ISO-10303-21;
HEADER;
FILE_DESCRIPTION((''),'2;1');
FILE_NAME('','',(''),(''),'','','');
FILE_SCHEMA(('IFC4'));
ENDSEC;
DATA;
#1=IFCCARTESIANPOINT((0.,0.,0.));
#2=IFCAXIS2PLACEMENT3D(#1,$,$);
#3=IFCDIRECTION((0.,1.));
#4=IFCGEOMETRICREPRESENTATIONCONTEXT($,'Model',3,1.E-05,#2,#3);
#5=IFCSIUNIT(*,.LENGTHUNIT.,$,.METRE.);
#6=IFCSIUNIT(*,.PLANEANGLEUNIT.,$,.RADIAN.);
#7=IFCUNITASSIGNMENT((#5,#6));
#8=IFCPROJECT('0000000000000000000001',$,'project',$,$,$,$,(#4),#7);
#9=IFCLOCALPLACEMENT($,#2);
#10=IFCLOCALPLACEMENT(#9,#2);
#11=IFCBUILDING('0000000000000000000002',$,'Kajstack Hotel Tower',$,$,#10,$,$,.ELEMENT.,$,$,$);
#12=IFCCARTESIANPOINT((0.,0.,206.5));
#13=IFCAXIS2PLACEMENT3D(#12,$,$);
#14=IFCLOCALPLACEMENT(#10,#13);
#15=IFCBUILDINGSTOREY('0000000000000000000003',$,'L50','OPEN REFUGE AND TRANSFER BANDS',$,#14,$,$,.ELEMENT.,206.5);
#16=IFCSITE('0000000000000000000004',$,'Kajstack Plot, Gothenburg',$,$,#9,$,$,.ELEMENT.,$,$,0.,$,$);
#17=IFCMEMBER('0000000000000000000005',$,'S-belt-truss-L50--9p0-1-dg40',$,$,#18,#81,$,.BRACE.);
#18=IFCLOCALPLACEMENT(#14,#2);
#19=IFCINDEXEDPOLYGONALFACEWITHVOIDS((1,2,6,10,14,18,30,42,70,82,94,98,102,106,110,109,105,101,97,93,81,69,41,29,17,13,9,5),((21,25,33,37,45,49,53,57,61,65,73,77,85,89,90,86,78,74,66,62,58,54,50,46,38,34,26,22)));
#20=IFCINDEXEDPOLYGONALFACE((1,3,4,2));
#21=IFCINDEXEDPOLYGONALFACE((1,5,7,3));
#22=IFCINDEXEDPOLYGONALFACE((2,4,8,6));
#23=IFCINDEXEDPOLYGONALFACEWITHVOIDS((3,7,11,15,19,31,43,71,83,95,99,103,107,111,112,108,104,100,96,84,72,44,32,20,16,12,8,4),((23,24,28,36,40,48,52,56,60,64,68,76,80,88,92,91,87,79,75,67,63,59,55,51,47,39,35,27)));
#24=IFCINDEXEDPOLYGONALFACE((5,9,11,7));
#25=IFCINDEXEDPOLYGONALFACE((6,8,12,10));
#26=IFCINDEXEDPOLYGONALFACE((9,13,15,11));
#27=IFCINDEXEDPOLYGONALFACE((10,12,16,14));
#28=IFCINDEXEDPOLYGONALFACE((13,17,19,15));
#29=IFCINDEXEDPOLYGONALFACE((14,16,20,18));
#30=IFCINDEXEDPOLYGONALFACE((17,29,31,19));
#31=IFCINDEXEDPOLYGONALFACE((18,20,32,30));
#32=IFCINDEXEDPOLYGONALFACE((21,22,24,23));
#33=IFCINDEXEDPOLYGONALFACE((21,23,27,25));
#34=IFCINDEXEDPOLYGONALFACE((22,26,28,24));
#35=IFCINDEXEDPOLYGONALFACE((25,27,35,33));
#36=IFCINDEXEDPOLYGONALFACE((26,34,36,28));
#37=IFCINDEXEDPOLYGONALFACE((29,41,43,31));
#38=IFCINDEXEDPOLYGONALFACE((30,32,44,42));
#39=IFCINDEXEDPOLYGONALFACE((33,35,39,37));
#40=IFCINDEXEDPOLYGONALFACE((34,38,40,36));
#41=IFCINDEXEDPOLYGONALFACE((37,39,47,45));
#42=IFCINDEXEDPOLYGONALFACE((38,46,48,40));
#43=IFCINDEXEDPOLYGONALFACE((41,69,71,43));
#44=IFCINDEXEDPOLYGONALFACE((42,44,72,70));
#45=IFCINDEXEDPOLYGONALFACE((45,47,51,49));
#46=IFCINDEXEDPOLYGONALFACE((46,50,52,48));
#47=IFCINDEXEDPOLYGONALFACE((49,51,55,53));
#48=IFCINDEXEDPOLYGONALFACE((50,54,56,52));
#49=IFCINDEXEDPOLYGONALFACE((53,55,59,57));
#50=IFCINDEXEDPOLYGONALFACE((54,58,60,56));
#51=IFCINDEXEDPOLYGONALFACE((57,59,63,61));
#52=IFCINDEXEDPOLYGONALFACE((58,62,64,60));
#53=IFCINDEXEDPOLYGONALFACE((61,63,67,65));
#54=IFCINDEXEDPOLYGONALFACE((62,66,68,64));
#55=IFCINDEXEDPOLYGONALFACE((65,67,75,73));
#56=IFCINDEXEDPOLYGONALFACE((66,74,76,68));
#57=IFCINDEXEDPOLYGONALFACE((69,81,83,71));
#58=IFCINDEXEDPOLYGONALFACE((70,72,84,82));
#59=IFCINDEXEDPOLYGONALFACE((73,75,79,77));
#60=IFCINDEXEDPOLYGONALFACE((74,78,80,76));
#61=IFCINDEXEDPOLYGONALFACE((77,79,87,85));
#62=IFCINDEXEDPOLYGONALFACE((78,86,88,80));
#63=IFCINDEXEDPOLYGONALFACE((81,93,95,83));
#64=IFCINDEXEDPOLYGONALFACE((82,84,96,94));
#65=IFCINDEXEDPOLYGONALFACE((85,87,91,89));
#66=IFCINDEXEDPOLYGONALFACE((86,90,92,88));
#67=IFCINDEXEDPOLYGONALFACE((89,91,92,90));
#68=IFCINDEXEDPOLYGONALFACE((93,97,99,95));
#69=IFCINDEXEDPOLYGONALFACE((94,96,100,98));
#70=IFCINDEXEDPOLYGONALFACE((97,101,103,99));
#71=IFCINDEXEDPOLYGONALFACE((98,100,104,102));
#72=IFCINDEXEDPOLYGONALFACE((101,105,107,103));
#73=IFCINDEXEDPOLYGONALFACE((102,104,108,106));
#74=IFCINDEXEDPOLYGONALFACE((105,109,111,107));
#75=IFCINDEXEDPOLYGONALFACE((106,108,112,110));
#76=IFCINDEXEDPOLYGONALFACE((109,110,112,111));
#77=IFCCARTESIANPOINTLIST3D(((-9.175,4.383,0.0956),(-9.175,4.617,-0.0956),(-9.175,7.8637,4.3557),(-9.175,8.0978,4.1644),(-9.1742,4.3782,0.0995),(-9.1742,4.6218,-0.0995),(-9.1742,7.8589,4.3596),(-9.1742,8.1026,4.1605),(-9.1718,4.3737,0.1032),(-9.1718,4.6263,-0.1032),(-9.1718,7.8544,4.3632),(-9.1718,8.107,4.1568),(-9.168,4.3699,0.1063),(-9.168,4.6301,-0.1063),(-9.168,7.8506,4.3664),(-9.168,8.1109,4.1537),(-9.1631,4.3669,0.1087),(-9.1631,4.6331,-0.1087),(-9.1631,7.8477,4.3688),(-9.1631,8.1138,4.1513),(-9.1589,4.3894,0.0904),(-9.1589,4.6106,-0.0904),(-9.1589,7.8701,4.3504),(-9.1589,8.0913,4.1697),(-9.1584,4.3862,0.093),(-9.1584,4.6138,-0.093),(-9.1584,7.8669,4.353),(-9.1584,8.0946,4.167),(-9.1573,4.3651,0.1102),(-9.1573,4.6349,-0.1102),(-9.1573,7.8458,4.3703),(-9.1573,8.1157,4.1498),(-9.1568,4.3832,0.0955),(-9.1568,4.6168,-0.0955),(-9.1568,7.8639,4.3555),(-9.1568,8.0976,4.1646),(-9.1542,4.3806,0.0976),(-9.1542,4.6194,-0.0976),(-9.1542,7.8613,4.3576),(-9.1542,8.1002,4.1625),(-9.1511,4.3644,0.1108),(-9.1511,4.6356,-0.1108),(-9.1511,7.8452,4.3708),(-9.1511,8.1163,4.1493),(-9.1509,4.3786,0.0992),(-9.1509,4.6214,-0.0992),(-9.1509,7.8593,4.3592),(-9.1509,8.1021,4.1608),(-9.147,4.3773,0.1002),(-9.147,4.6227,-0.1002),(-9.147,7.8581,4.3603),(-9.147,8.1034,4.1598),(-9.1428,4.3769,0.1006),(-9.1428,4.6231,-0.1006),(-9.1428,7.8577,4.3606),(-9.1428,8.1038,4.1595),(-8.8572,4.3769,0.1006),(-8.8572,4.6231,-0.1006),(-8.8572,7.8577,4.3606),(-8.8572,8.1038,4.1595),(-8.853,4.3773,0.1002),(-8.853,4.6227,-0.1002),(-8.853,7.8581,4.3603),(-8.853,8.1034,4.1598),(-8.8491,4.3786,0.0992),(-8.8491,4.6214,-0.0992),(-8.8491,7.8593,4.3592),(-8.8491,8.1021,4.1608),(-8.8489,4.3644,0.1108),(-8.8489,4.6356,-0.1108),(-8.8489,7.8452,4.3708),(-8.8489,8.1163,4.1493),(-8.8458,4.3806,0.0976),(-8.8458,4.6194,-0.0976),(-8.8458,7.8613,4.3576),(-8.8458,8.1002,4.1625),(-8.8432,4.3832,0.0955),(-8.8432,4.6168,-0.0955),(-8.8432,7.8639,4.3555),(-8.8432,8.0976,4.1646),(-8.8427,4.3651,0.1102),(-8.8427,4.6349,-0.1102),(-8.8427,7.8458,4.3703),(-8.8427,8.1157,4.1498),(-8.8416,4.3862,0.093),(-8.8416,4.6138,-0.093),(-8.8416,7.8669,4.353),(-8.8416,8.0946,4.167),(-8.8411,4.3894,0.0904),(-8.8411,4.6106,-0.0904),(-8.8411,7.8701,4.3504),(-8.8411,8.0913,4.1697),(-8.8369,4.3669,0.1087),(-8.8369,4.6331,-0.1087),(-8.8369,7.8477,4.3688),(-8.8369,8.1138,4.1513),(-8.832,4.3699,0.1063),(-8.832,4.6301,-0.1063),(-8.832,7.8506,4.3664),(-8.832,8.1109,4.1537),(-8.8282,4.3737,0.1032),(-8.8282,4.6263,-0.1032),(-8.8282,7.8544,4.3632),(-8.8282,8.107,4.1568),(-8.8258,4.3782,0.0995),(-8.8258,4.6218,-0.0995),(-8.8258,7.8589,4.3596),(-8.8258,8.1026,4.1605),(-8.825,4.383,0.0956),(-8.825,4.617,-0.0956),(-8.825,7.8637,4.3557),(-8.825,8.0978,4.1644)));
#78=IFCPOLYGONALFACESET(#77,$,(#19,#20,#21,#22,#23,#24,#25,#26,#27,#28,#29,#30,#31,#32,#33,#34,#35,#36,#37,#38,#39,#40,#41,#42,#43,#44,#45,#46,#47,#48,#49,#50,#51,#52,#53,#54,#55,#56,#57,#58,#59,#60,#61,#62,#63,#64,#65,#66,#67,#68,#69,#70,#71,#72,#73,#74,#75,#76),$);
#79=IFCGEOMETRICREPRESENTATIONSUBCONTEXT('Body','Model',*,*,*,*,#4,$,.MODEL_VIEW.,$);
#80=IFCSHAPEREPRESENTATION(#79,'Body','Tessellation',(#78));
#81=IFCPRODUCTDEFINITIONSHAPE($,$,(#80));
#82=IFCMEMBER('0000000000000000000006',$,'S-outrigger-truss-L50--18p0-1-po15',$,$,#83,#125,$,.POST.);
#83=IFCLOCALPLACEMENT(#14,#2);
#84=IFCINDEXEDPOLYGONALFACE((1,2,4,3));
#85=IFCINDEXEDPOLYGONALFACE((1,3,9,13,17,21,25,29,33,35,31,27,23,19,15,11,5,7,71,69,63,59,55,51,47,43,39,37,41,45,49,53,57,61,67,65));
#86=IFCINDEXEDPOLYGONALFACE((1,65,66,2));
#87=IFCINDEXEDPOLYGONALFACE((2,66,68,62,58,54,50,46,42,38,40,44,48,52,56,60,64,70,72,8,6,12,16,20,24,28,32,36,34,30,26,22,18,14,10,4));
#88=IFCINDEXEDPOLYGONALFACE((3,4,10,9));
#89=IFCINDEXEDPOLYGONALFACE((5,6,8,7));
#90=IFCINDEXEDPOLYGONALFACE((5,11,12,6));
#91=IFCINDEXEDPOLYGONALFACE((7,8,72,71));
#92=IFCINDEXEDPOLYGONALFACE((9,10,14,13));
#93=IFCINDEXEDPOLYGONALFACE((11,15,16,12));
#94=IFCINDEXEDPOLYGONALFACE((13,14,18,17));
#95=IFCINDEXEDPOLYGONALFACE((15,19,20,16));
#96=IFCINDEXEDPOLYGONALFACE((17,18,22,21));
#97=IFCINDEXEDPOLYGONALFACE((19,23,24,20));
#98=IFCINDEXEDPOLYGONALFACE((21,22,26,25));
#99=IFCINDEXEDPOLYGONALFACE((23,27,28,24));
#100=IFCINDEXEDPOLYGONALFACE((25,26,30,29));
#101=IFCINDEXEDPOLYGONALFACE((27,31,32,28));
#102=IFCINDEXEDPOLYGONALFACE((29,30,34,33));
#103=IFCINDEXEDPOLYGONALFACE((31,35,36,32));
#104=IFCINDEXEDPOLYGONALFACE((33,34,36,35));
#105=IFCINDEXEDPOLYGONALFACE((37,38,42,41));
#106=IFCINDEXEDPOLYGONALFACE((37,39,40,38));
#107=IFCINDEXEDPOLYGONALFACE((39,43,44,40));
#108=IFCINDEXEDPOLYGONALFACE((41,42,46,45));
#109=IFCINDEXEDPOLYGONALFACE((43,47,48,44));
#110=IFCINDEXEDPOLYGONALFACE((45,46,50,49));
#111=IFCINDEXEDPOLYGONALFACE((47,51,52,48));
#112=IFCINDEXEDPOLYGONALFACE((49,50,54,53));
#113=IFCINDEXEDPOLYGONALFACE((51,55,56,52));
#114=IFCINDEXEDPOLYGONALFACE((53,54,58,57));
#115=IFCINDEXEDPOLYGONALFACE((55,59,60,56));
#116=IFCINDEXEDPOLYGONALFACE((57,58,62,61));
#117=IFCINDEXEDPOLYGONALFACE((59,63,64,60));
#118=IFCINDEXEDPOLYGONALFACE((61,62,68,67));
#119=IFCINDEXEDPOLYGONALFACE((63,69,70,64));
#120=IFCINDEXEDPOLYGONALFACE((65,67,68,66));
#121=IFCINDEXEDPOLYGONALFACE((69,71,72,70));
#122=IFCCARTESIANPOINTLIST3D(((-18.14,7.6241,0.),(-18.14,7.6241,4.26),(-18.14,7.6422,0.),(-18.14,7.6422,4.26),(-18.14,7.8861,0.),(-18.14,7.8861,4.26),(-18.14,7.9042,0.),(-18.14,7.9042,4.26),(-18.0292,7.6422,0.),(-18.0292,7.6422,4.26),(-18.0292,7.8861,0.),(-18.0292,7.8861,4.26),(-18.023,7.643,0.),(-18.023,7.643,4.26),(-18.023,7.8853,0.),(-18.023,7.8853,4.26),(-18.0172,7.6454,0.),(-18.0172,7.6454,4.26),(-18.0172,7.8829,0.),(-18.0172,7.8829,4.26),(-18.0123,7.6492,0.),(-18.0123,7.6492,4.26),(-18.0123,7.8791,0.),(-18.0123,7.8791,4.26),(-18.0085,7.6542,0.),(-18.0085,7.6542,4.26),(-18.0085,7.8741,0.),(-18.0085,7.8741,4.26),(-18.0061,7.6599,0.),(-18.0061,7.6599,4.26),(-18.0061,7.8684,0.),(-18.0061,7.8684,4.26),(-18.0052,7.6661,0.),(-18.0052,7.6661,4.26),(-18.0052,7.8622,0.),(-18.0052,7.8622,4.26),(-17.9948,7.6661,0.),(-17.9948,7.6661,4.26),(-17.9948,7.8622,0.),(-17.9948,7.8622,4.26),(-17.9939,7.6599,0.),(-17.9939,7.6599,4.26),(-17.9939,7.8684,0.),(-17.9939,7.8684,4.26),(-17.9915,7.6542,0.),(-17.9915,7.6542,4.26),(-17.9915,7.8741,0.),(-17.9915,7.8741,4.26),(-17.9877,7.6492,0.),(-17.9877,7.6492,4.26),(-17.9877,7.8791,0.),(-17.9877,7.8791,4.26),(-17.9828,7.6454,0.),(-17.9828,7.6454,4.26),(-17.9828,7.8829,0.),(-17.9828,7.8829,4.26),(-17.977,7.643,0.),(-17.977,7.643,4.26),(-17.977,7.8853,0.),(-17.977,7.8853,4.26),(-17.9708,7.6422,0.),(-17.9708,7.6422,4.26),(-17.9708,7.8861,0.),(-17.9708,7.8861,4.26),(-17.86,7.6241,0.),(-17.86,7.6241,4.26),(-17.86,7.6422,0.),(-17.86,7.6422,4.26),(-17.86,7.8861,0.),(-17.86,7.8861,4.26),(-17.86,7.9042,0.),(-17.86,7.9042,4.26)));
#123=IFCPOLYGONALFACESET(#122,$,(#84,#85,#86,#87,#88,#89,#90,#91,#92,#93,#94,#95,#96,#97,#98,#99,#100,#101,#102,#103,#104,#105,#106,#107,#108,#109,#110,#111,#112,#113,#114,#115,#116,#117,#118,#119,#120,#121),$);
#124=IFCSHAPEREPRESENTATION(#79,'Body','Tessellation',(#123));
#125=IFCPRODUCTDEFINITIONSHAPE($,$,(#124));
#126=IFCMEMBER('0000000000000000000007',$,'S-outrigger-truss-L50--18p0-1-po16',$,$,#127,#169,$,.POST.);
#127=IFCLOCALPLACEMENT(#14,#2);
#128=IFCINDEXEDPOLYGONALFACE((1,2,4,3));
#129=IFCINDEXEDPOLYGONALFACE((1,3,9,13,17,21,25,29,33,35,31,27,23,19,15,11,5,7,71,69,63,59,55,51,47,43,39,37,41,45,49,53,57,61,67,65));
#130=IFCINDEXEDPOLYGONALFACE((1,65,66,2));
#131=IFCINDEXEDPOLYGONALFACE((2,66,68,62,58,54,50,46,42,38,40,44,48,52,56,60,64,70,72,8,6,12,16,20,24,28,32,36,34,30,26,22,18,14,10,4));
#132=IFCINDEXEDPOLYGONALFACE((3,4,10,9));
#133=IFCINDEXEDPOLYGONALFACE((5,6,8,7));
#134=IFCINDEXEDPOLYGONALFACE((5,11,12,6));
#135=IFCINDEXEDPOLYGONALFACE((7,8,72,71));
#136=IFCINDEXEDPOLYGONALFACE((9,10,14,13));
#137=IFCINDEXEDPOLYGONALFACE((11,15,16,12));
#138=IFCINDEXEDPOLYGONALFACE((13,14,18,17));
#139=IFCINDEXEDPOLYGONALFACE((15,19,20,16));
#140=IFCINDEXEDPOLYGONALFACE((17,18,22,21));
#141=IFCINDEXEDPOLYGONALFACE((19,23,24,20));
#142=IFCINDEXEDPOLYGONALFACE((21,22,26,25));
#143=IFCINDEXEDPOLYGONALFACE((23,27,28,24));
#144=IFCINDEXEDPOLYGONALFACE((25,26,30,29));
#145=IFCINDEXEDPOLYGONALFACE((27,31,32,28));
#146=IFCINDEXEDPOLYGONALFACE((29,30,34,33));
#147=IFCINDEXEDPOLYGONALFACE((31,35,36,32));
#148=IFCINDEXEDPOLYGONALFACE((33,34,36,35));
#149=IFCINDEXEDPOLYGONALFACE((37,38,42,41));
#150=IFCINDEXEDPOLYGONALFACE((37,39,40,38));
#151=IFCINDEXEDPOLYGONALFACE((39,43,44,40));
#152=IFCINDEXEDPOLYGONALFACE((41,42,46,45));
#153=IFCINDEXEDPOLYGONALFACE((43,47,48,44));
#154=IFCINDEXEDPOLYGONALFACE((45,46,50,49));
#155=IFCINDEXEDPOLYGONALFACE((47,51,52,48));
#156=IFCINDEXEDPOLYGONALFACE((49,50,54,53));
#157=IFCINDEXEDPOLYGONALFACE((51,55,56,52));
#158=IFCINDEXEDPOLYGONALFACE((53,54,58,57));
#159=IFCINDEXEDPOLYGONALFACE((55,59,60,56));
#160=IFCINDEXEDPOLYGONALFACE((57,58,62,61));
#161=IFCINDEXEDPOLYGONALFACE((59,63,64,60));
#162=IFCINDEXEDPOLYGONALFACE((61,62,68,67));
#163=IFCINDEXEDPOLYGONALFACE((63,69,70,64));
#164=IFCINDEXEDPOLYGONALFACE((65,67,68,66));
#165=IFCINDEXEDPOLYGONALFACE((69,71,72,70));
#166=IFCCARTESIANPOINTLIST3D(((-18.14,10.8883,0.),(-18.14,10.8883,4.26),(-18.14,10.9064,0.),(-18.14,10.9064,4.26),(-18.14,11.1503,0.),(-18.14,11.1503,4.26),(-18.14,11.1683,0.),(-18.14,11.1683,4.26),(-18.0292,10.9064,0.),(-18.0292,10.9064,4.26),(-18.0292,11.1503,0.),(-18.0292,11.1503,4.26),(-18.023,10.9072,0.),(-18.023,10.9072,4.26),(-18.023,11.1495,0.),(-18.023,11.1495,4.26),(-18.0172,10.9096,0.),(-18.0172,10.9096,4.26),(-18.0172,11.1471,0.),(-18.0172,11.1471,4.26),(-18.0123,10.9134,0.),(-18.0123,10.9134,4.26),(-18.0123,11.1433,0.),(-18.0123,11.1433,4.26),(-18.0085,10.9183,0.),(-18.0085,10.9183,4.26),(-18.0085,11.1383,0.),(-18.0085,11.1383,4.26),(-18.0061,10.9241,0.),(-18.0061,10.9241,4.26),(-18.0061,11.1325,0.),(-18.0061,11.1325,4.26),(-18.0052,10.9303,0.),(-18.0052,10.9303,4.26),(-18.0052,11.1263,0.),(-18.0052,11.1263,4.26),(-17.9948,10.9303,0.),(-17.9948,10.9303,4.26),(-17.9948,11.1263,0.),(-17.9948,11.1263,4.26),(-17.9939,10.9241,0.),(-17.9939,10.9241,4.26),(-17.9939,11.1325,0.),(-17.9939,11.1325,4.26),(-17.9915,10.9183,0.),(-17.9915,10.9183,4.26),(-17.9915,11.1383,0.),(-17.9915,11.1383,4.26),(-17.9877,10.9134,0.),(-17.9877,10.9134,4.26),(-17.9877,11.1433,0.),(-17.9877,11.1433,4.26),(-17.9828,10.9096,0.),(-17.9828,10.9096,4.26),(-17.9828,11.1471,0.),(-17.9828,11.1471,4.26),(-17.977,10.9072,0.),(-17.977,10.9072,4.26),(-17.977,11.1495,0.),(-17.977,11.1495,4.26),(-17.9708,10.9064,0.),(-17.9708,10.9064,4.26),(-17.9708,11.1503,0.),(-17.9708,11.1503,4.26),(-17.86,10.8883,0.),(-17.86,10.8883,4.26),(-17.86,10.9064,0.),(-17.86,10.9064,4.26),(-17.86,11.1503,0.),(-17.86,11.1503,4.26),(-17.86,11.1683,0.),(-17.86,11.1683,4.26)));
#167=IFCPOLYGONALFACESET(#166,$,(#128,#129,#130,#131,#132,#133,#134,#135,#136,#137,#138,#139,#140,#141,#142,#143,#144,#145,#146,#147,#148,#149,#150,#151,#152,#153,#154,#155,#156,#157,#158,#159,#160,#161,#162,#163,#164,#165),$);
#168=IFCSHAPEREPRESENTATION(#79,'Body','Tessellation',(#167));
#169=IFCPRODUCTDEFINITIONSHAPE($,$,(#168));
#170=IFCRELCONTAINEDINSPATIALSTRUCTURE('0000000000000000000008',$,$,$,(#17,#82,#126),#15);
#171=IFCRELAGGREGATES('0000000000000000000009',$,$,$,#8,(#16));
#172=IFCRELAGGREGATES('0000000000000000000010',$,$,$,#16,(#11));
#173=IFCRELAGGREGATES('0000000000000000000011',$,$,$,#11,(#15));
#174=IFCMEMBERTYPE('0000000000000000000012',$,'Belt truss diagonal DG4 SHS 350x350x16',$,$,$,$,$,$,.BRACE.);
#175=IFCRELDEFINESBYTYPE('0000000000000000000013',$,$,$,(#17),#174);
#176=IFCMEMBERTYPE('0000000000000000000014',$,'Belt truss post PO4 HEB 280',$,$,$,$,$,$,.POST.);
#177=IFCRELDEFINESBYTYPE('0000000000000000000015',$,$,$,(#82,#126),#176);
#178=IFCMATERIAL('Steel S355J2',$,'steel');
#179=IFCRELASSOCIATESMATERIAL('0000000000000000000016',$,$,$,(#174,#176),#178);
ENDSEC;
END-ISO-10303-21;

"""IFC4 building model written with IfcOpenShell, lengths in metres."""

from ifc_helpers import new_model, si_unit, direction, frame, origin, origin_2d, place, context, subcontext, project, spatial, hollow_rectangle, i_section, extrude, material, material_profile, profile_set, type_object, element, save


model = new_model("IFC4")

# Units and contexts
model_context = context("Model", 3, precision=1e-05, world=origin(), true_north=direction((0.0, 1.0)))
body_context = subcontext(model_context, "Body", "Model", "MODEL_VIEW")
ifc_project = project(units=[si_unit("LENGTHUNIT", "METRE"), si_unit("PLANEANGLEUNIT", "RADIAN")], contexts=[model_context])

# Site, building, storey
site_placement = place(None, origin())
site = spatial("IfcSite", under=ifc_project, at=site_placement, Name="Kajstack Plot, Gothenburg", CompositionType="ELEMENT", RefElevation=0.0)
building_placement = place(site_placement, origin())
building = spatial("IfcBuilding", under=site, at=building_placement, Name="Kajstack Hotel Tower", CompositionType="ELEMENT")
storey_placement = place(building_placement, frame((0.0, 0.0, 206.5)))
storey = spatial("IfcBuildingStorey", under=building, at=storey_placement, Name="L50", Description="OPEN REFUGE AND TRANSFER BANDS", CompositionType="ELEMENT", Elevation=206.5)

# Members
ifc_material = material(Name="Steel S355J2", Category="steel")
ifc_material_profile_1 = material_profile(ifc_material, hollow_rectangle(XDim=0.3501, YDim=0.3501, WallThickness=0.0161, InnerFilletRadius=0.0161, OuterFilletRadius=0.0239, at=origin_2d()), Name="SHS 350x350x16")
ifc_profile_set_1 = profile_set([ifc_material_profile_1], Name="Steel S355J2")
member_type_1 = type_object("IfcMemberType", Name="Belt truss diagonal DG4 SHS 350x350x16", PredefinedType="BRACE", material=ifc_profile_set_1)
member_1_placement = place(storey_placement, frame((-9.0, 4.5, 0.0), z_axis=(0.0, 0.63272, 0.77438), x_axis=(-1.0, 0.0, 0.0)))
element("IfcMember", 1, at=member_1_placement, inside=storey, type_object=member_type_1, Name="S-belt-truss-L50--9p0-1-dg40", PredefinedType="BRACE", context=body_context, shape_type="SweptSolid", body=[
    extrude(hollow_rectangle(XDim=0.3501, YDim=0.3501, WallThickness=0.0161, InnerFilletRadius=0.0161, OuterFilletRadius=0.0239, at=origin_2d()), origin(), (0.0, 0.0, 1.0), 5.5012),
])
ifc_material_profile_2 = material_profile(ifc_material, i_section(OverallWidth=0.28, OverallDepth=0.28, WebThickness=0.0105, FlangeThickness=0.0181, FilletRadius=0.0239, at=origin_2d()), Name="HEB 280")
ifc_profile_set_2 = profile_set([ifc_material_profile_2], Name="Steel S355J2")
member_type_2 = type_object("IfcMemberType", Name="Belt truss post PO4 HEB 280", PredefinedType="POST", material=ifc_profile_set_2)
for number, where, z_axis, x_axis, name in (
    (2, (-18.0, 7.7642, 0.0), (0.0, 0.0, 1.0), (1.0, 0.0, 0.0), "S-outrigger-truss-L50--18p0-1-po15"),
    (3, (-18.0, 11.0283, 0.0), (0.0, 0.0, 1.0), (1.0, 0.0, 0.0), "S-outrigger-truss-L50--18p0-1-po16"),
):
    element("IfcMember", number, at=place(storey_placement, frame(where, z_axis=z_axis, x_axis=x_axis)), inside=storey, type_object=member_type_2, Name=name, PredefinedType="POST", context=body_context, shape_type="SweptSolid", body=[
        extrude(i_section(OverallWidth=0.28, OverallDepth=0.28, WebThickness=0.0105, FlangeThickness=0.0181, FilletRadius=0.0239, at=origin_2d()), origin(), (0.0, 0.0, 1.0), 4.26),
    ])

save(model, "model.ifc")
